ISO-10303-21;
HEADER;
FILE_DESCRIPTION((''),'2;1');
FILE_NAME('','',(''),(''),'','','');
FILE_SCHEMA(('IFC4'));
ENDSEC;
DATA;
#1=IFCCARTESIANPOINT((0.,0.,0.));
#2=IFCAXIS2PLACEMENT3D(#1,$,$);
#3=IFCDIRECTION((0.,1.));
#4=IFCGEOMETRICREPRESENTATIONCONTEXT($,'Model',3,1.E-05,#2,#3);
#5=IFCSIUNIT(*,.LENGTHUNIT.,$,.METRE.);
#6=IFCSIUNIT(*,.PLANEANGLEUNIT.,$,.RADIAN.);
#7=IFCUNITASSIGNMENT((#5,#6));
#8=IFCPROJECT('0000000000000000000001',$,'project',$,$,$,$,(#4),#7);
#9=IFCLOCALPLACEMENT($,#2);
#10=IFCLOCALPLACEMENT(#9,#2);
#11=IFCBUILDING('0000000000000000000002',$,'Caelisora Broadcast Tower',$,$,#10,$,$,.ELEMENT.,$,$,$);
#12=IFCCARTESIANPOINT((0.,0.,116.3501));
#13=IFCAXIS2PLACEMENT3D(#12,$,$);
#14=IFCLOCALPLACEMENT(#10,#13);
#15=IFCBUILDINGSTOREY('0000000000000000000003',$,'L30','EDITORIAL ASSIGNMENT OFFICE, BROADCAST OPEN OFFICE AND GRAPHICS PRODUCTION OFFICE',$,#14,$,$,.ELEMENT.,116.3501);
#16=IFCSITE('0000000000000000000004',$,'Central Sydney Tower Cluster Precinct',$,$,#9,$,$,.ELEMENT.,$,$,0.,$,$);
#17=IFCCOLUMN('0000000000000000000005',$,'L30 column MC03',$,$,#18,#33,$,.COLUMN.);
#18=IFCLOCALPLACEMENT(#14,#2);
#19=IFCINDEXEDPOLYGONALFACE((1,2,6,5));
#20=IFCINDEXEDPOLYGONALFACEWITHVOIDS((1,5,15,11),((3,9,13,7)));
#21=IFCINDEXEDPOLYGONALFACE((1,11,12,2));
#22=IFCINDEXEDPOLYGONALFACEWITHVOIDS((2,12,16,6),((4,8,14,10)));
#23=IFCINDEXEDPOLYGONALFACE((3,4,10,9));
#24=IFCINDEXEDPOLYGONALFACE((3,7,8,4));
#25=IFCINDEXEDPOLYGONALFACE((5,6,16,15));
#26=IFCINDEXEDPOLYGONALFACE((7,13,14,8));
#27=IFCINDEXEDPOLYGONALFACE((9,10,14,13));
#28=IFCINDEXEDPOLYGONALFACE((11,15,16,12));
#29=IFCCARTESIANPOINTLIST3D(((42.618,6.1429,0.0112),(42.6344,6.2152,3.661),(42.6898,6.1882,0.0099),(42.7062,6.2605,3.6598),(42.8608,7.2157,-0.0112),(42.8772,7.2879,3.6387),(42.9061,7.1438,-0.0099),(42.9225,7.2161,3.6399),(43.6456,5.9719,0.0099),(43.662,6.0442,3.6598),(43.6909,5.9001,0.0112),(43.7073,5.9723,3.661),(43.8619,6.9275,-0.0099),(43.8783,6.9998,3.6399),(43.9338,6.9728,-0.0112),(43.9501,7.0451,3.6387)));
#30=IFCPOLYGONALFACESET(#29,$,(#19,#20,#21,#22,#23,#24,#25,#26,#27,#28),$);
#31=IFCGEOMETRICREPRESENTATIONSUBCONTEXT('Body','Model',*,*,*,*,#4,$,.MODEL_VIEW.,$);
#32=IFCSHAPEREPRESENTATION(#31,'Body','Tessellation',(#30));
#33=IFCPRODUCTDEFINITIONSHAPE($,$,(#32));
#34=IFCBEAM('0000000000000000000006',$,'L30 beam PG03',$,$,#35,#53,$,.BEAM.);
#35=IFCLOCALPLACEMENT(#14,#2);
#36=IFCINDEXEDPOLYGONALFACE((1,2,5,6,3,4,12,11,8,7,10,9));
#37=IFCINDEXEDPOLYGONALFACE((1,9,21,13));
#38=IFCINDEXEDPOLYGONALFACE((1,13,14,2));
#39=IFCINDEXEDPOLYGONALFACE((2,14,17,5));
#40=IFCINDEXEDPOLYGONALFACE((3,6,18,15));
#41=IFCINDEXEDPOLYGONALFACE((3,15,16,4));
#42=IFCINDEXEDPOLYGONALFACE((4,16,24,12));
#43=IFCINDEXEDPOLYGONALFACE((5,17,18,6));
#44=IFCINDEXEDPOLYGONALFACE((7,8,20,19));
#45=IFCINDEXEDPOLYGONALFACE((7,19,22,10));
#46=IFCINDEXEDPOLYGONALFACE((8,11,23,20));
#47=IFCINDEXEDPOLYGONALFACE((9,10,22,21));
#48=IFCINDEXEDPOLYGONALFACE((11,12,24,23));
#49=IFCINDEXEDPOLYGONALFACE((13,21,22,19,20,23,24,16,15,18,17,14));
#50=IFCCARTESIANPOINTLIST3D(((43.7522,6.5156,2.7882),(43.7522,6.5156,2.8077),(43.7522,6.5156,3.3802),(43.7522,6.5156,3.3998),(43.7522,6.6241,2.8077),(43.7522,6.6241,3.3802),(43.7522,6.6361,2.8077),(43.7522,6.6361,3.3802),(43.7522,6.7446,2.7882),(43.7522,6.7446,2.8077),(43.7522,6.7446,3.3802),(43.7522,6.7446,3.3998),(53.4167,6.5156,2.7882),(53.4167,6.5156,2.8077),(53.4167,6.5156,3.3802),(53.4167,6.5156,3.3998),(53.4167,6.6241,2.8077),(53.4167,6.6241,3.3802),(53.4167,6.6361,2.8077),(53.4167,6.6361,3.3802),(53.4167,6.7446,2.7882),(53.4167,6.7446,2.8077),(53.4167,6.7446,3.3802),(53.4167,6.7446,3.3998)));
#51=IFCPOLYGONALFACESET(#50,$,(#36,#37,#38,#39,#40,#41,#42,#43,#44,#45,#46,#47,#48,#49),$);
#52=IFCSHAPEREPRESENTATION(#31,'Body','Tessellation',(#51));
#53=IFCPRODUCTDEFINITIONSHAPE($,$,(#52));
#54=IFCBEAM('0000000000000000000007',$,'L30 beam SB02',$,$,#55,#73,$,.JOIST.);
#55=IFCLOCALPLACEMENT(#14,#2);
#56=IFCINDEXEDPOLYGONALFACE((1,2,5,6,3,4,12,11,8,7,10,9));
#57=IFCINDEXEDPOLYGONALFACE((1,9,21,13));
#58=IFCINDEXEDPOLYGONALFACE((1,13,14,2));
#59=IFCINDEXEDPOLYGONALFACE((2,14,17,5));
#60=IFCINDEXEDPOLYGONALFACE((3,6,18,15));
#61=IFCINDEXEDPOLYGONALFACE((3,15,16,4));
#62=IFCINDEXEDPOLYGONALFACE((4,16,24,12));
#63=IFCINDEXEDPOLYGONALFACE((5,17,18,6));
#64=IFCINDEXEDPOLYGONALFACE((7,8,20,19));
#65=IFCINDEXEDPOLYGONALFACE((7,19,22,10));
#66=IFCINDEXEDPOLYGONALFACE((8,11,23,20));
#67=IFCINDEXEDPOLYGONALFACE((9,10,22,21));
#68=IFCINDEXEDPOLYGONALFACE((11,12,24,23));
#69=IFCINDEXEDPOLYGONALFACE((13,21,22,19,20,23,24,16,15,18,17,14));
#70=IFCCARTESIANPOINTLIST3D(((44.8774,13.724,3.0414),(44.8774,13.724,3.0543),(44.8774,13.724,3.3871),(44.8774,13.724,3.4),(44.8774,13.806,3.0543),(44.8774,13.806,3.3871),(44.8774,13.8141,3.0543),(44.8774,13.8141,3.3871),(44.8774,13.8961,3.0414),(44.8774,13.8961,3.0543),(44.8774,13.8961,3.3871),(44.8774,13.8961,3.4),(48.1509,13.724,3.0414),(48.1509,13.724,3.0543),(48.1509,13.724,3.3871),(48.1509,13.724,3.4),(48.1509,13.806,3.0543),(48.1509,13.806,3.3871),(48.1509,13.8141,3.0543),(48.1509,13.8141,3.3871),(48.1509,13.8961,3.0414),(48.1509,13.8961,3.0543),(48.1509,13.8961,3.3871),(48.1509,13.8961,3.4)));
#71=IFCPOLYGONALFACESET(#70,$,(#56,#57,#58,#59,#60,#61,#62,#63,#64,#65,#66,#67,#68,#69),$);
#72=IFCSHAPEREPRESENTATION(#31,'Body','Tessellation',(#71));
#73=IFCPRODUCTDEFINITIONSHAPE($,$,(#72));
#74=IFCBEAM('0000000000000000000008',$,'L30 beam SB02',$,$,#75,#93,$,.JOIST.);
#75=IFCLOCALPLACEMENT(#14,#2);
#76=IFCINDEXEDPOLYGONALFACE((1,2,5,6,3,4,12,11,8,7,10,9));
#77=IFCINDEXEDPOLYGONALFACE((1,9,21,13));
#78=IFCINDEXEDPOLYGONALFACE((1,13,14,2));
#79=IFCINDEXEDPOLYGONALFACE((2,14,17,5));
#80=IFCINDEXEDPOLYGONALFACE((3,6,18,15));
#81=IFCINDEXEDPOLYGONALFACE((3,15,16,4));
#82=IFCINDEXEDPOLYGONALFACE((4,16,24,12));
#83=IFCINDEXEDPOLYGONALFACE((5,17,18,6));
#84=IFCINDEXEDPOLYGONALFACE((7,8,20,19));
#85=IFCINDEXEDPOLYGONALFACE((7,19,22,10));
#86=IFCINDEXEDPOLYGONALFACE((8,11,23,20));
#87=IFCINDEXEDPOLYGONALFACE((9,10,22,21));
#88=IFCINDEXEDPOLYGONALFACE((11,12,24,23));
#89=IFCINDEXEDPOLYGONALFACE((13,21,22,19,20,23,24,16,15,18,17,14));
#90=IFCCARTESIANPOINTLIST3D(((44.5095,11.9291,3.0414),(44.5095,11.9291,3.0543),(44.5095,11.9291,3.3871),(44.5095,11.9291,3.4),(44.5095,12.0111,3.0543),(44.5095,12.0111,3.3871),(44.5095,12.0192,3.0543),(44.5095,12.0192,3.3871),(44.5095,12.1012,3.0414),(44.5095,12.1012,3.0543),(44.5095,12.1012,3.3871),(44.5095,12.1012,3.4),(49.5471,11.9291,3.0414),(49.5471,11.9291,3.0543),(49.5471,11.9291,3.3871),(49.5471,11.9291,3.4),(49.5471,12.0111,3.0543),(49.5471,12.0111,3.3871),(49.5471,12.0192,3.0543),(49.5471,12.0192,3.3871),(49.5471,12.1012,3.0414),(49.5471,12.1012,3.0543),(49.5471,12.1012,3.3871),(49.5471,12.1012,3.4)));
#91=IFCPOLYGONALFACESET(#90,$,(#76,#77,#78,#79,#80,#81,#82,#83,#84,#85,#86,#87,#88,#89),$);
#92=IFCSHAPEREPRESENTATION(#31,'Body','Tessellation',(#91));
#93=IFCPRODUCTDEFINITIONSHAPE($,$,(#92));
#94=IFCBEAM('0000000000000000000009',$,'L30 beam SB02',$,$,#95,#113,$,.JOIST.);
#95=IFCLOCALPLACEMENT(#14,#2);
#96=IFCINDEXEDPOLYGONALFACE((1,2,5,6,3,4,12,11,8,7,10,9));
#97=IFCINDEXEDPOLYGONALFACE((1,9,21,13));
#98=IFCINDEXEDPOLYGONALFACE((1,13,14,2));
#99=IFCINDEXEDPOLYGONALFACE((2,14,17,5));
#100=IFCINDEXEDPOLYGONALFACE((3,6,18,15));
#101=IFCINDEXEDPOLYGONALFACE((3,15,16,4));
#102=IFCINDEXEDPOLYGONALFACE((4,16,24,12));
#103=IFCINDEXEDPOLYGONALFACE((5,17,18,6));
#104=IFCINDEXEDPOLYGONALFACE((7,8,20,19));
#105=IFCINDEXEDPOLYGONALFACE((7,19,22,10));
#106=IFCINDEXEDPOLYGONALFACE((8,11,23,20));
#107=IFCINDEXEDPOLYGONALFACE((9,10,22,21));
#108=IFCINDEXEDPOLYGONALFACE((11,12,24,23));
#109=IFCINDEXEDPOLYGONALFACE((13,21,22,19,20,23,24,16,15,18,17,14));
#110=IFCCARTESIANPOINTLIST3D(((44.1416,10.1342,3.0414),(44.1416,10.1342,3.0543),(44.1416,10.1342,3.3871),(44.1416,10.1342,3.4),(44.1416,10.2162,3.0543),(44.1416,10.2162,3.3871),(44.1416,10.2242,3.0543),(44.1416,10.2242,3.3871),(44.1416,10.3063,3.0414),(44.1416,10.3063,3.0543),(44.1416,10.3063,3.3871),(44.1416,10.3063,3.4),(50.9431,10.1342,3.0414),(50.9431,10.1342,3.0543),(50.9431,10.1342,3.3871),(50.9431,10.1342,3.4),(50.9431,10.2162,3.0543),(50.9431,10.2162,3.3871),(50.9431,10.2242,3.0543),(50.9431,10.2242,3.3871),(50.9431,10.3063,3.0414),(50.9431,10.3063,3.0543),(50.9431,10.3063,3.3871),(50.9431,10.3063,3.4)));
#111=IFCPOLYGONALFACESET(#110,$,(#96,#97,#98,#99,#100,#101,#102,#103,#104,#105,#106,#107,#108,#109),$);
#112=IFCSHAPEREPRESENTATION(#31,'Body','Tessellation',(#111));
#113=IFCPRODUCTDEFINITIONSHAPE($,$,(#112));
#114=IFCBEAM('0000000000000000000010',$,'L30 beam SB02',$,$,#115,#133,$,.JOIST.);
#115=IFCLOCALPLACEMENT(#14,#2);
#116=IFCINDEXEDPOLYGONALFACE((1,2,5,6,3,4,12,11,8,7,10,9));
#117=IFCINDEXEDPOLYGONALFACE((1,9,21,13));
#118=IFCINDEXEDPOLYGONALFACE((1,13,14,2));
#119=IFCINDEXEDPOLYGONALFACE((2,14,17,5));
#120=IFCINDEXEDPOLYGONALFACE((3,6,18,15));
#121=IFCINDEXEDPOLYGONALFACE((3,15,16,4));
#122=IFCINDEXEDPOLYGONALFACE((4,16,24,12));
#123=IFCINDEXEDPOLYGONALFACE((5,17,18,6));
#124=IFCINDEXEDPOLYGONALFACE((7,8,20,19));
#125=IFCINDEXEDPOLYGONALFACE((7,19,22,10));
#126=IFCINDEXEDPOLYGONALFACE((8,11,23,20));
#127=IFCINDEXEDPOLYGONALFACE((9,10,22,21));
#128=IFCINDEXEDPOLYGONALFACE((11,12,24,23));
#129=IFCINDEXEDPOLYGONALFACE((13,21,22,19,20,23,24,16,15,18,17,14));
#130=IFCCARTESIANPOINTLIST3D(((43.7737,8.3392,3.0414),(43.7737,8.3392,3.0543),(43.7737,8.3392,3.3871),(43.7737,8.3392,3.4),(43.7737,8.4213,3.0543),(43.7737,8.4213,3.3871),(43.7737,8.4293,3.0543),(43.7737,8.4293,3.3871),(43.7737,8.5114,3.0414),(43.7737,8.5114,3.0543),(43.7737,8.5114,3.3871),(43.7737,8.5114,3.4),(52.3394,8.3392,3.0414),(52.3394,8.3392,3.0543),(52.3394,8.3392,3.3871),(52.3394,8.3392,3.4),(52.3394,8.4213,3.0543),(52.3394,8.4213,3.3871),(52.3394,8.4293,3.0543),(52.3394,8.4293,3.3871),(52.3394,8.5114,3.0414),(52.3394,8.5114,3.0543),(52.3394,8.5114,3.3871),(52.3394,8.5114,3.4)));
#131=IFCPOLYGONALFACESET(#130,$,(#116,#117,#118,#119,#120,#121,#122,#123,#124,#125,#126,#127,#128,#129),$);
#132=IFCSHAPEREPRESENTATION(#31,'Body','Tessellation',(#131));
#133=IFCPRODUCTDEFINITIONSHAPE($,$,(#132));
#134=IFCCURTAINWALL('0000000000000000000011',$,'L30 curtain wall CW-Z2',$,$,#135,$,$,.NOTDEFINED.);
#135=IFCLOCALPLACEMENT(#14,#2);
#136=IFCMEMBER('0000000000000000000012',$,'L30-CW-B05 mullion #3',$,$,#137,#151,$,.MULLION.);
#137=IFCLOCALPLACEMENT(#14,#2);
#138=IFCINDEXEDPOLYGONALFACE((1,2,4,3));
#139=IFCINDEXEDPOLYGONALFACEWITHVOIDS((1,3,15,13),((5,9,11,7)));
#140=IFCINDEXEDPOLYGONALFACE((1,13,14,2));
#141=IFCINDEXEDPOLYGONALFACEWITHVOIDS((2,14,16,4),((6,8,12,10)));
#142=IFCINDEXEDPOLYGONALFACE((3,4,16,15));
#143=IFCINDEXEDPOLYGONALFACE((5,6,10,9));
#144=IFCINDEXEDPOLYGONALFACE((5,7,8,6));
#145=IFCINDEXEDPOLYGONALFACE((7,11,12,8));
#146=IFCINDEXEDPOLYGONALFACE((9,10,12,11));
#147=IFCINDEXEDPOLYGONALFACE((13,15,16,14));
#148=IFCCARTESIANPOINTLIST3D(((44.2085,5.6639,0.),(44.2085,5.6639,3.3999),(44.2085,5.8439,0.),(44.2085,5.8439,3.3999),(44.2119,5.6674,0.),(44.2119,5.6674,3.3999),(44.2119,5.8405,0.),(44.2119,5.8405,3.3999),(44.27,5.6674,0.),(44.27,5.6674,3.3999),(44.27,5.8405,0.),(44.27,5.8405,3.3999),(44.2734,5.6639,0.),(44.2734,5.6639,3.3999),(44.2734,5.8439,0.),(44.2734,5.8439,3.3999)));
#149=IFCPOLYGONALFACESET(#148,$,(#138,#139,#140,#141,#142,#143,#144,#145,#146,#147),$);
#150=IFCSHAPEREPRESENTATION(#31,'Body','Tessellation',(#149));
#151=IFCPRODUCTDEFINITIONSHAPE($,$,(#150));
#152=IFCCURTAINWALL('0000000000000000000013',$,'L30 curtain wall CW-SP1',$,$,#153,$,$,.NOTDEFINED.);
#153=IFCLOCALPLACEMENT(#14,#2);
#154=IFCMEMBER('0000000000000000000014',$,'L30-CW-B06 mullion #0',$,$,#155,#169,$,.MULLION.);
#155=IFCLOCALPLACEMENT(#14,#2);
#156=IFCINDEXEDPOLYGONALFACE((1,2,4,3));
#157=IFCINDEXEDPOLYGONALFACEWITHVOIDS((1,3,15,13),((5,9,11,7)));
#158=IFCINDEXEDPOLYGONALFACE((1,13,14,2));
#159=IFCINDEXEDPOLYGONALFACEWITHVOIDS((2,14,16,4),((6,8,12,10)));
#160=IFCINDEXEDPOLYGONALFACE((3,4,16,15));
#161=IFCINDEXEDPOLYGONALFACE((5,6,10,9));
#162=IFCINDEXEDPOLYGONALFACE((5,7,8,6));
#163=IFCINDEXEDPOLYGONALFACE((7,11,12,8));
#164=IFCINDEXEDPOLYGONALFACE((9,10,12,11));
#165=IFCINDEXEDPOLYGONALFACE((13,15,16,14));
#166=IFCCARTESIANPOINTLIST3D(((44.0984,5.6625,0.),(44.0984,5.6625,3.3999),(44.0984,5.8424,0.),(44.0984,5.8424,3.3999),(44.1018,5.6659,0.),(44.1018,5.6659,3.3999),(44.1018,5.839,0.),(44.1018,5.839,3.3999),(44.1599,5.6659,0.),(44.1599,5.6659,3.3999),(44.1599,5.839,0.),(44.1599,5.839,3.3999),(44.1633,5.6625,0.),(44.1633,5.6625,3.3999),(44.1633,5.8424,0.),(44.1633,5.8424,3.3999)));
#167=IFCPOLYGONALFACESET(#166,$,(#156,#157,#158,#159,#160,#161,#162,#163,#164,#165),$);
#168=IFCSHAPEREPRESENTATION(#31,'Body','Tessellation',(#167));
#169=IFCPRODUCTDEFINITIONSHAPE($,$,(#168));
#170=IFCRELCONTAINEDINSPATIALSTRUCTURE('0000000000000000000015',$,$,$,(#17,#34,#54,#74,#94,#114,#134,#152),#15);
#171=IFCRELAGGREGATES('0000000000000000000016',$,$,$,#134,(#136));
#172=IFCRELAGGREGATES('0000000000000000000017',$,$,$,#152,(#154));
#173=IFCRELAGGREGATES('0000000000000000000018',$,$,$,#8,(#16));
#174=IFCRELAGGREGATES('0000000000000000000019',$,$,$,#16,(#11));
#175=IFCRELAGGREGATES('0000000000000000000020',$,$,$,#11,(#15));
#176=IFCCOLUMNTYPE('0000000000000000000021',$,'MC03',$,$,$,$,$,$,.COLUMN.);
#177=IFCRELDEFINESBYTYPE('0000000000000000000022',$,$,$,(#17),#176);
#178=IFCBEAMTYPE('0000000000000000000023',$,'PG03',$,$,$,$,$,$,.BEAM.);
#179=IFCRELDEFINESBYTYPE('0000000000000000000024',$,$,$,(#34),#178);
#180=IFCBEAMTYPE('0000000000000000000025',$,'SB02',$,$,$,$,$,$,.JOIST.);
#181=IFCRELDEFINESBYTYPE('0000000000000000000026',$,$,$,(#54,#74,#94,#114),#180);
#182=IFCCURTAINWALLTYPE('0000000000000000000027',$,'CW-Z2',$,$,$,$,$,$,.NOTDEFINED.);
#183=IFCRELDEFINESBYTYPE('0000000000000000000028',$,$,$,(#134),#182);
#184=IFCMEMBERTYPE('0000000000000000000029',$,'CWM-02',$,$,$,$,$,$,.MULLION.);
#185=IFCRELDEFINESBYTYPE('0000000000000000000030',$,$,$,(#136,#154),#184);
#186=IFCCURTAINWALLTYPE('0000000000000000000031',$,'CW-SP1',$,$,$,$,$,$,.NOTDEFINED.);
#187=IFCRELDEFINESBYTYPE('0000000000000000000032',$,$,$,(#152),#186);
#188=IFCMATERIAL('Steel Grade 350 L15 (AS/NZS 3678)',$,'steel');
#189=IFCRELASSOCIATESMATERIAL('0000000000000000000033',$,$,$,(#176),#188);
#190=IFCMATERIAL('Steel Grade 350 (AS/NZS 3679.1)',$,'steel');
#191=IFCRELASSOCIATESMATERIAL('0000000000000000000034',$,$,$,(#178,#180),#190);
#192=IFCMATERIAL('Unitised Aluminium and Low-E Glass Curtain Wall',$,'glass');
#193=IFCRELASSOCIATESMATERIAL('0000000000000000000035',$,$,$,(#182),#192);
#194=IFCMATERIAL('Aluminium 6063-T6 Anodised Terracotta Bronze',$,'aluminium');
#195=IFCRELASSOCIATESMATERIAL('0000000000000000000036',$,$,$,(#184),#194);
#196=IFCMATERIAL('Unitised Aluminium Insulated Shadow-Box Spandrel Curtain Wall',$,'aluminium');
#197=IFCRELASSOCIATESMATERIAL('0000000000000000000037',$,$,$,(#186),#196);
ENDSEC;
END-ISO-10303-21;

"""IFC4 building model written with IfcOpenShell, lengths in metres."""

from ifc_helpers import new_model, si_unit, direction, frame, origin, origin_2d, place, context, subcontext, project, spatial, hollow_rectangle, i_section, extrude, source, transform, mapped, material, material_profile, profile_set, type_object, type_shapes, element, aggregate, save


model = new_model("IFC4")

# Units and contexts
model_context = context("Model", 3, precision=1e-05, world=origin(), true_north=direction((0.0, 1.0)))
body_context = subcontext(model_context, "Body", "Model", "MODEL_VIEW")
ifc_project = project(units=[si_unit("LENGTHUNIT", "METRE"), si_unit("PLANEANGLEUNIT", "RADIAN")], contexts=[model_context])

# Site, building, storey
site_placement = place(None, origin())
site = spatial("IfcSite", under=ifc_project, at=site_placement, Name="Central Sydney Tower Cluster Precinct", CompositionType="ELEMENT", RefElevation=0.0)
building_placement = place(site_placement, origin())
building = spatial("IfcBuilding", under=site, at=building_placement, Name="Caelisora Broadcast Tower", CompositionType="ELEMENT")
storey_placement = place(building_placement, frame((0.0, 0.0, 116.3501)))
storey = spatial("IfcBuildingStorey", under=building, at=storey_placement, Name="L30", Description="EDITORIAL ASSIGNMENT OFFICE, BROADCAST OPEN OFFICE AND GRAPHICS PRODUCTION OFFICE", CompositionType="ELEMENT", Elevation=116.3501)

# Column
ifc_material_1 = material(Name="Steel Grade 350 L15 (AS/NZS 3678)", Category="steel")
ifc_material_profile_1 = material_profile(ifc_material_1, hollow_rectangle(XDim=1.1001, YDim=1.1001, WallThickness=0.0601, at=origin_2d()), Name="Steel Grade 350 L15 (AS/NZS 3678)")
ifc_profile_set_1 = profile_set([ifc_material_profile_1], Name="Steel Grade 350 L15 (AS/NZS 3678)")
column_type = type_object("IfcColumnType", Name="MC03", PredefinedType="COLUMN", material=ifc_profile_set_1)
shared_shape_1 = source(origin(), body_context, "Body", "SweptSolid", [
    extrude(hollow_rectangle(XDim=1.1001, YDim=1.1001, WallThickness=0.0601, at=origin_2d()), origin(), (0.0, 0.0, 1.0), 3.6506),
])
type_shapes(column_type, [shared_shape_1])
column_placement = place(storey_placement, frame((43.2759, 6.5579, 0.0), z_axis=(0.004481, 0.019795, 0.999794), x_axis=(-0.975327, 0.220767, 0.0)))
element("IfcColumn", 1, at=column_placement, inside=storey, type_object=column_type, Name="L30 column MC03", PredefinedType="COLUMN", context=body_context, shape_type="MappedRepresentation", body=[
    mapped(shared_shape_1, transform((0.0, 0.0, 0.0), scale=1.0)),
])

# Beams
ifc_material_2 = material(Name="Steel Grade 350 (AS/NZS 3679.1)", Category="steel")
ifc_material_profile_2 = material_profile(ifc_material_2, i_section(OverallWidth=0.229, OverallDepth=0.6116, WebThickness=0.012, FlangeThickness=0.0195, at=origin_2d()), Name="Steel Grade 350 (AS/NZS 3679.1)")
ifc_profile_set_2 = profile_set([ifc_material_profile_2], Name="Steel Grade 350 (AS/NZS 3679.1)")
beam_type_1 = type_object("IfcBeamType", Name="PG03", PredefinedType="BEAM", material=ifc_profile_set_2)
shared_shape_2 = source(origin(), body_context, "Body", "SweptSolid", [
    extrude(i_section(OverallWidth=0.229, OverallDepth=0.6116, WebThickness=0.012, FlangeThickness=0.0195, at=origin_2d()), origin(), (0.0, 0.0, 1.0), 9.6646),
])
type_shapes(beam_type_1, [shared_shape_2])
beam_1_placement = place(storey_placement, frame((43.7522, 6.6301, 3.094), z_axis=(1.0, 0.0, 0.0), x_axis=(0.0, 1.0, 0.0)))
element("IfcBeam", 2, at=beam_1_placement, inside=storey, type_object=beam_type_1, Name="L30 beam PG03", PredefinedType="BEAM", context=body_context, shape_type="MappedRepresentation", body=[
    mapped(shared_shape_2, transform((0.0, 0.0, 0.0), scale=1.0)),
])
ifc_material_profile_3 = material_profile(ifc_material_2, i_section(OverallWidth=0.1721, OverallDepth=0.3586, WebThickness=0.0081, FlangeThickness=0.0129, at=origin_2d()), Name="Steel Grade 350 (AS/NZS 3679.1)")
ifc_profile_set_3 = profile_set([ifc_material_profile_3], Name="Steel Grade 350 (AS/NZS 3679.1)")
beam_type_2 = type_object("IfcBeamType", Name="SB02", PredefinedType="JOIST", material=ifc_profile_set_3)
shared_shape_3 = source(origin(), body_context, "Body", "SweptSolid", [
    extrude(i_section(OverallWidth=0.1721, OverallDepth=0.3586, WebThickness=0.0081, FlangeThickness=0.0129, at=origin_2d()), origin(), (0.0, 0.0, 1.0), 3.2734),
])
beam_2_placement = place(storey_placement, frame((44.8774, 13.8101, 3.2207), z_axis=(1.0, 0.0, 0.0), x_axis=(0.0, 1.0, 0.0)))
element("IfcBeam", 3, at=beam_2_placement, inside=storey, type_object=beam_type_2, Name="L30 beam SB02", PredefinedType="JOIST", context=body_context, shape_type="MappedRepresentation", body=[
    mapped(shared_shape_3, transform((0.0, 0.0, 0.0), scale=1.0)),
])
shared_shape_4 = source(origin(), body_context, "Body", "SweptSolid", [
    extrude(i_section(OverallWidth=0.1721, OverallDepth=0.3586, WebThickness=0.0081, FlangeThickness=0.0129, at=origin_2d()), origin(), (0.0, 0.0, 1.0), 5.0376),
])
beam_3_placement = place(storey_placement, frame((44.5095, 12.0151, 3.2207), z_axis=(1.0, 0.0, 0.0), x_axis=(0.0, 1.0, 0.0)))
element("IfcBeam", 4, at=beam_3_placement, inside=storey, type_object=beam_type_2, Name="L30 beam SB02", PredefinedType="JOIST", context=body_context, shape_type="MappedRepresentation", body=[
    mapped(shared_shape_4, transform((0.0, 0.0, 0.0), scale=1.0)),
])
shared_shape_5 = source(origin(), body_context, "Body", "SweptSolid", [
    extrude(i_section(OverallWidth=0.1721, OverallDepth=0.3586, WebThickness=0.0081, FlangeThickness=0.0129, at=origin_2d()), origin(), (0.0, 0.0, 1.0), 6.8015),
])
beam_4_placement = place(storey_placement, frame((44.1416, 10.2202, 3.2207), z_axis=(1.0, 0.0, 0.0), x_axis=(0.0, 1.0, 0.0)))
element("IfcBeam", 5, at=beam_4_placement, inside=storey, type_object=beam_type_2, Name="L30 beam SB02", PredefinedType="JOIST", context=body_context, shape_type="MappedRepresentation", body=[
    mapped(shared_shape_5, transform((0.0, 0.0, 0.0), scale=1.0)),
])
shared_shape_6 = source(origin(), body_context, "Body", "SweptSolid", [
    extrude(i_section(OverallWidth=0.1721, OverallDepth=0.3586, WebThickness=0.0081, FlangeThickness=0.0129, at=origin_2d()), origin(), (0.0, 0.0, 1.0), 8.5657),
])
type_shapes(beam_type_2, [shared_shape_3, shared_shape_4, shared_shape_5, shared_shape_6])
beam_5_placement = place(storey_placement, frame((43.7737, 8.4253, 3.2207), z_axis=(1.0, 0.0, 0.0), x_axis=(0.0, 1.0, 0.0)))
element("IfcBeam", 6, at=beam_5_placement, inside=storey, type_object=beam_type_2, Name="L30 beam SB02", PredefinedType="JOIST", context=body_context, shape_type="MappedRepresentation", body=[
    mapped(shared_shape_6, transform((0.0, 0.0, 0.0), scale=1.0)),
])

# Curtain wall, member
ifc_material_3 = material(Name="Unitised Aluminium and Low-E Glass Curtain Wall", Category="glass")
curtain_wall_type_1 = type_object("IfcCurtainWallType", Name="CW-Z2", PredefinedType="NOTDEFINED", material=ifc_material_3)
curtain_wall_1_placement = place(storey_placement, origin())
curtain_wall_1 = element("IfcCurtainWall", 7, at=curtain_wall_1_placement, inside=storey, type_object=curtain_wall_type_1, Name="L30 curtain wall CW-Z2", PredefinedType="NOTDEFINED")
ifc_material_4 = material(Name="Aluminium 6063-T6 Anodised Terracotta Bronze", Category="aluminium")
ifc_material_profile_4 = material_profile(ifc_material_4, hollow_rectangle(XDim=0.0649, YDim=0.1799, WallThickness=0.0034, at=origin_2d()), Name="Aluminium 6063-T6 Anodised Terracotta Bronze")
ifc_profile_set_4 = profile_set([ifc_material_profile_4], Name="Aluminium 6063-T6 Anodised Terracotta Bronze")
member_type_1 = type_object("IfcMemberType", Name="CWM-02", PredefinedType="MULLION", material=ifc_profile_set_4)
shared_shape_7 = source(origin(), body_context, "Body", "SweptSolid", [
    extrude(hollow_rectangle(XDim=0.0649, YDim=0.1799, WallThickness=0.0034, at=origin_2d()), origin(), (0.0, 0.0, 1.0), 3.3999),
])
type_shapes(member_type_1, [shared_shape_7])
member_1_placement = place(storey_placement, frame((44.241, 5.7539, 0.0), z_axis=(0.0, 0.0, 1.0), x_axis=(1.0, 0.0, 0.0)))
member_1 = element("IfcMember", 8, at=member_1_placement, type_object=member_type_1, Name="L30-CW-B05 mullion #3", PredefinedType="MULLION", context=body_context, shape_type="MappedRepresentation", body=[
    mapped(shared_shape_7, transform((0.0, 0.0, 0.0), scale=1.0)),
])
aggregate(curtain_wall_1, [member_1])

# Curtain wall, member
ifc_material_5 = material(Name="Unitised Aluminium Insulated Shadow-Box Spandrel Curtain Wall", Category="aluminium")
curtain_wall_type_2 = type_object("IfcCurtainWallType", Name="CW-SP1", PredefinedType="NOTDEFINED", material=ifc_material_5)
curtain_wall_2_placement = place(storey_placement, origin())
curtain_wall_2 = element("IfcCurtainWall", 9, at=curtain_wall_2_placement, inside=storey, type_object=curtain_wall_type_2, Name="L30 curtain wall CW-SP1", PredefinedType="NOTDEFINED")
member_2_placement = place(storey_placement, frame((44.1309, 5.7524, 0.0), z_axis=(0.0, 0.0, 1.0), x_axis=(1.0, 0.0, 0.0)))
member_2 = element("IfcMember", 10, at=member_2_placement, type_object=member_type_1, Name="L30-CW-B06 mullion #0", PredefinedType="MULLION", context=body_context, shape_type="MappedRepresentation", body=[
    mapped(shared_shape_7, transform((0.0, 0.0, 0.0), scale=1.0)),
])

aggregate(curtain_wall_2, [member_2])

save(model, "model.ifc")
